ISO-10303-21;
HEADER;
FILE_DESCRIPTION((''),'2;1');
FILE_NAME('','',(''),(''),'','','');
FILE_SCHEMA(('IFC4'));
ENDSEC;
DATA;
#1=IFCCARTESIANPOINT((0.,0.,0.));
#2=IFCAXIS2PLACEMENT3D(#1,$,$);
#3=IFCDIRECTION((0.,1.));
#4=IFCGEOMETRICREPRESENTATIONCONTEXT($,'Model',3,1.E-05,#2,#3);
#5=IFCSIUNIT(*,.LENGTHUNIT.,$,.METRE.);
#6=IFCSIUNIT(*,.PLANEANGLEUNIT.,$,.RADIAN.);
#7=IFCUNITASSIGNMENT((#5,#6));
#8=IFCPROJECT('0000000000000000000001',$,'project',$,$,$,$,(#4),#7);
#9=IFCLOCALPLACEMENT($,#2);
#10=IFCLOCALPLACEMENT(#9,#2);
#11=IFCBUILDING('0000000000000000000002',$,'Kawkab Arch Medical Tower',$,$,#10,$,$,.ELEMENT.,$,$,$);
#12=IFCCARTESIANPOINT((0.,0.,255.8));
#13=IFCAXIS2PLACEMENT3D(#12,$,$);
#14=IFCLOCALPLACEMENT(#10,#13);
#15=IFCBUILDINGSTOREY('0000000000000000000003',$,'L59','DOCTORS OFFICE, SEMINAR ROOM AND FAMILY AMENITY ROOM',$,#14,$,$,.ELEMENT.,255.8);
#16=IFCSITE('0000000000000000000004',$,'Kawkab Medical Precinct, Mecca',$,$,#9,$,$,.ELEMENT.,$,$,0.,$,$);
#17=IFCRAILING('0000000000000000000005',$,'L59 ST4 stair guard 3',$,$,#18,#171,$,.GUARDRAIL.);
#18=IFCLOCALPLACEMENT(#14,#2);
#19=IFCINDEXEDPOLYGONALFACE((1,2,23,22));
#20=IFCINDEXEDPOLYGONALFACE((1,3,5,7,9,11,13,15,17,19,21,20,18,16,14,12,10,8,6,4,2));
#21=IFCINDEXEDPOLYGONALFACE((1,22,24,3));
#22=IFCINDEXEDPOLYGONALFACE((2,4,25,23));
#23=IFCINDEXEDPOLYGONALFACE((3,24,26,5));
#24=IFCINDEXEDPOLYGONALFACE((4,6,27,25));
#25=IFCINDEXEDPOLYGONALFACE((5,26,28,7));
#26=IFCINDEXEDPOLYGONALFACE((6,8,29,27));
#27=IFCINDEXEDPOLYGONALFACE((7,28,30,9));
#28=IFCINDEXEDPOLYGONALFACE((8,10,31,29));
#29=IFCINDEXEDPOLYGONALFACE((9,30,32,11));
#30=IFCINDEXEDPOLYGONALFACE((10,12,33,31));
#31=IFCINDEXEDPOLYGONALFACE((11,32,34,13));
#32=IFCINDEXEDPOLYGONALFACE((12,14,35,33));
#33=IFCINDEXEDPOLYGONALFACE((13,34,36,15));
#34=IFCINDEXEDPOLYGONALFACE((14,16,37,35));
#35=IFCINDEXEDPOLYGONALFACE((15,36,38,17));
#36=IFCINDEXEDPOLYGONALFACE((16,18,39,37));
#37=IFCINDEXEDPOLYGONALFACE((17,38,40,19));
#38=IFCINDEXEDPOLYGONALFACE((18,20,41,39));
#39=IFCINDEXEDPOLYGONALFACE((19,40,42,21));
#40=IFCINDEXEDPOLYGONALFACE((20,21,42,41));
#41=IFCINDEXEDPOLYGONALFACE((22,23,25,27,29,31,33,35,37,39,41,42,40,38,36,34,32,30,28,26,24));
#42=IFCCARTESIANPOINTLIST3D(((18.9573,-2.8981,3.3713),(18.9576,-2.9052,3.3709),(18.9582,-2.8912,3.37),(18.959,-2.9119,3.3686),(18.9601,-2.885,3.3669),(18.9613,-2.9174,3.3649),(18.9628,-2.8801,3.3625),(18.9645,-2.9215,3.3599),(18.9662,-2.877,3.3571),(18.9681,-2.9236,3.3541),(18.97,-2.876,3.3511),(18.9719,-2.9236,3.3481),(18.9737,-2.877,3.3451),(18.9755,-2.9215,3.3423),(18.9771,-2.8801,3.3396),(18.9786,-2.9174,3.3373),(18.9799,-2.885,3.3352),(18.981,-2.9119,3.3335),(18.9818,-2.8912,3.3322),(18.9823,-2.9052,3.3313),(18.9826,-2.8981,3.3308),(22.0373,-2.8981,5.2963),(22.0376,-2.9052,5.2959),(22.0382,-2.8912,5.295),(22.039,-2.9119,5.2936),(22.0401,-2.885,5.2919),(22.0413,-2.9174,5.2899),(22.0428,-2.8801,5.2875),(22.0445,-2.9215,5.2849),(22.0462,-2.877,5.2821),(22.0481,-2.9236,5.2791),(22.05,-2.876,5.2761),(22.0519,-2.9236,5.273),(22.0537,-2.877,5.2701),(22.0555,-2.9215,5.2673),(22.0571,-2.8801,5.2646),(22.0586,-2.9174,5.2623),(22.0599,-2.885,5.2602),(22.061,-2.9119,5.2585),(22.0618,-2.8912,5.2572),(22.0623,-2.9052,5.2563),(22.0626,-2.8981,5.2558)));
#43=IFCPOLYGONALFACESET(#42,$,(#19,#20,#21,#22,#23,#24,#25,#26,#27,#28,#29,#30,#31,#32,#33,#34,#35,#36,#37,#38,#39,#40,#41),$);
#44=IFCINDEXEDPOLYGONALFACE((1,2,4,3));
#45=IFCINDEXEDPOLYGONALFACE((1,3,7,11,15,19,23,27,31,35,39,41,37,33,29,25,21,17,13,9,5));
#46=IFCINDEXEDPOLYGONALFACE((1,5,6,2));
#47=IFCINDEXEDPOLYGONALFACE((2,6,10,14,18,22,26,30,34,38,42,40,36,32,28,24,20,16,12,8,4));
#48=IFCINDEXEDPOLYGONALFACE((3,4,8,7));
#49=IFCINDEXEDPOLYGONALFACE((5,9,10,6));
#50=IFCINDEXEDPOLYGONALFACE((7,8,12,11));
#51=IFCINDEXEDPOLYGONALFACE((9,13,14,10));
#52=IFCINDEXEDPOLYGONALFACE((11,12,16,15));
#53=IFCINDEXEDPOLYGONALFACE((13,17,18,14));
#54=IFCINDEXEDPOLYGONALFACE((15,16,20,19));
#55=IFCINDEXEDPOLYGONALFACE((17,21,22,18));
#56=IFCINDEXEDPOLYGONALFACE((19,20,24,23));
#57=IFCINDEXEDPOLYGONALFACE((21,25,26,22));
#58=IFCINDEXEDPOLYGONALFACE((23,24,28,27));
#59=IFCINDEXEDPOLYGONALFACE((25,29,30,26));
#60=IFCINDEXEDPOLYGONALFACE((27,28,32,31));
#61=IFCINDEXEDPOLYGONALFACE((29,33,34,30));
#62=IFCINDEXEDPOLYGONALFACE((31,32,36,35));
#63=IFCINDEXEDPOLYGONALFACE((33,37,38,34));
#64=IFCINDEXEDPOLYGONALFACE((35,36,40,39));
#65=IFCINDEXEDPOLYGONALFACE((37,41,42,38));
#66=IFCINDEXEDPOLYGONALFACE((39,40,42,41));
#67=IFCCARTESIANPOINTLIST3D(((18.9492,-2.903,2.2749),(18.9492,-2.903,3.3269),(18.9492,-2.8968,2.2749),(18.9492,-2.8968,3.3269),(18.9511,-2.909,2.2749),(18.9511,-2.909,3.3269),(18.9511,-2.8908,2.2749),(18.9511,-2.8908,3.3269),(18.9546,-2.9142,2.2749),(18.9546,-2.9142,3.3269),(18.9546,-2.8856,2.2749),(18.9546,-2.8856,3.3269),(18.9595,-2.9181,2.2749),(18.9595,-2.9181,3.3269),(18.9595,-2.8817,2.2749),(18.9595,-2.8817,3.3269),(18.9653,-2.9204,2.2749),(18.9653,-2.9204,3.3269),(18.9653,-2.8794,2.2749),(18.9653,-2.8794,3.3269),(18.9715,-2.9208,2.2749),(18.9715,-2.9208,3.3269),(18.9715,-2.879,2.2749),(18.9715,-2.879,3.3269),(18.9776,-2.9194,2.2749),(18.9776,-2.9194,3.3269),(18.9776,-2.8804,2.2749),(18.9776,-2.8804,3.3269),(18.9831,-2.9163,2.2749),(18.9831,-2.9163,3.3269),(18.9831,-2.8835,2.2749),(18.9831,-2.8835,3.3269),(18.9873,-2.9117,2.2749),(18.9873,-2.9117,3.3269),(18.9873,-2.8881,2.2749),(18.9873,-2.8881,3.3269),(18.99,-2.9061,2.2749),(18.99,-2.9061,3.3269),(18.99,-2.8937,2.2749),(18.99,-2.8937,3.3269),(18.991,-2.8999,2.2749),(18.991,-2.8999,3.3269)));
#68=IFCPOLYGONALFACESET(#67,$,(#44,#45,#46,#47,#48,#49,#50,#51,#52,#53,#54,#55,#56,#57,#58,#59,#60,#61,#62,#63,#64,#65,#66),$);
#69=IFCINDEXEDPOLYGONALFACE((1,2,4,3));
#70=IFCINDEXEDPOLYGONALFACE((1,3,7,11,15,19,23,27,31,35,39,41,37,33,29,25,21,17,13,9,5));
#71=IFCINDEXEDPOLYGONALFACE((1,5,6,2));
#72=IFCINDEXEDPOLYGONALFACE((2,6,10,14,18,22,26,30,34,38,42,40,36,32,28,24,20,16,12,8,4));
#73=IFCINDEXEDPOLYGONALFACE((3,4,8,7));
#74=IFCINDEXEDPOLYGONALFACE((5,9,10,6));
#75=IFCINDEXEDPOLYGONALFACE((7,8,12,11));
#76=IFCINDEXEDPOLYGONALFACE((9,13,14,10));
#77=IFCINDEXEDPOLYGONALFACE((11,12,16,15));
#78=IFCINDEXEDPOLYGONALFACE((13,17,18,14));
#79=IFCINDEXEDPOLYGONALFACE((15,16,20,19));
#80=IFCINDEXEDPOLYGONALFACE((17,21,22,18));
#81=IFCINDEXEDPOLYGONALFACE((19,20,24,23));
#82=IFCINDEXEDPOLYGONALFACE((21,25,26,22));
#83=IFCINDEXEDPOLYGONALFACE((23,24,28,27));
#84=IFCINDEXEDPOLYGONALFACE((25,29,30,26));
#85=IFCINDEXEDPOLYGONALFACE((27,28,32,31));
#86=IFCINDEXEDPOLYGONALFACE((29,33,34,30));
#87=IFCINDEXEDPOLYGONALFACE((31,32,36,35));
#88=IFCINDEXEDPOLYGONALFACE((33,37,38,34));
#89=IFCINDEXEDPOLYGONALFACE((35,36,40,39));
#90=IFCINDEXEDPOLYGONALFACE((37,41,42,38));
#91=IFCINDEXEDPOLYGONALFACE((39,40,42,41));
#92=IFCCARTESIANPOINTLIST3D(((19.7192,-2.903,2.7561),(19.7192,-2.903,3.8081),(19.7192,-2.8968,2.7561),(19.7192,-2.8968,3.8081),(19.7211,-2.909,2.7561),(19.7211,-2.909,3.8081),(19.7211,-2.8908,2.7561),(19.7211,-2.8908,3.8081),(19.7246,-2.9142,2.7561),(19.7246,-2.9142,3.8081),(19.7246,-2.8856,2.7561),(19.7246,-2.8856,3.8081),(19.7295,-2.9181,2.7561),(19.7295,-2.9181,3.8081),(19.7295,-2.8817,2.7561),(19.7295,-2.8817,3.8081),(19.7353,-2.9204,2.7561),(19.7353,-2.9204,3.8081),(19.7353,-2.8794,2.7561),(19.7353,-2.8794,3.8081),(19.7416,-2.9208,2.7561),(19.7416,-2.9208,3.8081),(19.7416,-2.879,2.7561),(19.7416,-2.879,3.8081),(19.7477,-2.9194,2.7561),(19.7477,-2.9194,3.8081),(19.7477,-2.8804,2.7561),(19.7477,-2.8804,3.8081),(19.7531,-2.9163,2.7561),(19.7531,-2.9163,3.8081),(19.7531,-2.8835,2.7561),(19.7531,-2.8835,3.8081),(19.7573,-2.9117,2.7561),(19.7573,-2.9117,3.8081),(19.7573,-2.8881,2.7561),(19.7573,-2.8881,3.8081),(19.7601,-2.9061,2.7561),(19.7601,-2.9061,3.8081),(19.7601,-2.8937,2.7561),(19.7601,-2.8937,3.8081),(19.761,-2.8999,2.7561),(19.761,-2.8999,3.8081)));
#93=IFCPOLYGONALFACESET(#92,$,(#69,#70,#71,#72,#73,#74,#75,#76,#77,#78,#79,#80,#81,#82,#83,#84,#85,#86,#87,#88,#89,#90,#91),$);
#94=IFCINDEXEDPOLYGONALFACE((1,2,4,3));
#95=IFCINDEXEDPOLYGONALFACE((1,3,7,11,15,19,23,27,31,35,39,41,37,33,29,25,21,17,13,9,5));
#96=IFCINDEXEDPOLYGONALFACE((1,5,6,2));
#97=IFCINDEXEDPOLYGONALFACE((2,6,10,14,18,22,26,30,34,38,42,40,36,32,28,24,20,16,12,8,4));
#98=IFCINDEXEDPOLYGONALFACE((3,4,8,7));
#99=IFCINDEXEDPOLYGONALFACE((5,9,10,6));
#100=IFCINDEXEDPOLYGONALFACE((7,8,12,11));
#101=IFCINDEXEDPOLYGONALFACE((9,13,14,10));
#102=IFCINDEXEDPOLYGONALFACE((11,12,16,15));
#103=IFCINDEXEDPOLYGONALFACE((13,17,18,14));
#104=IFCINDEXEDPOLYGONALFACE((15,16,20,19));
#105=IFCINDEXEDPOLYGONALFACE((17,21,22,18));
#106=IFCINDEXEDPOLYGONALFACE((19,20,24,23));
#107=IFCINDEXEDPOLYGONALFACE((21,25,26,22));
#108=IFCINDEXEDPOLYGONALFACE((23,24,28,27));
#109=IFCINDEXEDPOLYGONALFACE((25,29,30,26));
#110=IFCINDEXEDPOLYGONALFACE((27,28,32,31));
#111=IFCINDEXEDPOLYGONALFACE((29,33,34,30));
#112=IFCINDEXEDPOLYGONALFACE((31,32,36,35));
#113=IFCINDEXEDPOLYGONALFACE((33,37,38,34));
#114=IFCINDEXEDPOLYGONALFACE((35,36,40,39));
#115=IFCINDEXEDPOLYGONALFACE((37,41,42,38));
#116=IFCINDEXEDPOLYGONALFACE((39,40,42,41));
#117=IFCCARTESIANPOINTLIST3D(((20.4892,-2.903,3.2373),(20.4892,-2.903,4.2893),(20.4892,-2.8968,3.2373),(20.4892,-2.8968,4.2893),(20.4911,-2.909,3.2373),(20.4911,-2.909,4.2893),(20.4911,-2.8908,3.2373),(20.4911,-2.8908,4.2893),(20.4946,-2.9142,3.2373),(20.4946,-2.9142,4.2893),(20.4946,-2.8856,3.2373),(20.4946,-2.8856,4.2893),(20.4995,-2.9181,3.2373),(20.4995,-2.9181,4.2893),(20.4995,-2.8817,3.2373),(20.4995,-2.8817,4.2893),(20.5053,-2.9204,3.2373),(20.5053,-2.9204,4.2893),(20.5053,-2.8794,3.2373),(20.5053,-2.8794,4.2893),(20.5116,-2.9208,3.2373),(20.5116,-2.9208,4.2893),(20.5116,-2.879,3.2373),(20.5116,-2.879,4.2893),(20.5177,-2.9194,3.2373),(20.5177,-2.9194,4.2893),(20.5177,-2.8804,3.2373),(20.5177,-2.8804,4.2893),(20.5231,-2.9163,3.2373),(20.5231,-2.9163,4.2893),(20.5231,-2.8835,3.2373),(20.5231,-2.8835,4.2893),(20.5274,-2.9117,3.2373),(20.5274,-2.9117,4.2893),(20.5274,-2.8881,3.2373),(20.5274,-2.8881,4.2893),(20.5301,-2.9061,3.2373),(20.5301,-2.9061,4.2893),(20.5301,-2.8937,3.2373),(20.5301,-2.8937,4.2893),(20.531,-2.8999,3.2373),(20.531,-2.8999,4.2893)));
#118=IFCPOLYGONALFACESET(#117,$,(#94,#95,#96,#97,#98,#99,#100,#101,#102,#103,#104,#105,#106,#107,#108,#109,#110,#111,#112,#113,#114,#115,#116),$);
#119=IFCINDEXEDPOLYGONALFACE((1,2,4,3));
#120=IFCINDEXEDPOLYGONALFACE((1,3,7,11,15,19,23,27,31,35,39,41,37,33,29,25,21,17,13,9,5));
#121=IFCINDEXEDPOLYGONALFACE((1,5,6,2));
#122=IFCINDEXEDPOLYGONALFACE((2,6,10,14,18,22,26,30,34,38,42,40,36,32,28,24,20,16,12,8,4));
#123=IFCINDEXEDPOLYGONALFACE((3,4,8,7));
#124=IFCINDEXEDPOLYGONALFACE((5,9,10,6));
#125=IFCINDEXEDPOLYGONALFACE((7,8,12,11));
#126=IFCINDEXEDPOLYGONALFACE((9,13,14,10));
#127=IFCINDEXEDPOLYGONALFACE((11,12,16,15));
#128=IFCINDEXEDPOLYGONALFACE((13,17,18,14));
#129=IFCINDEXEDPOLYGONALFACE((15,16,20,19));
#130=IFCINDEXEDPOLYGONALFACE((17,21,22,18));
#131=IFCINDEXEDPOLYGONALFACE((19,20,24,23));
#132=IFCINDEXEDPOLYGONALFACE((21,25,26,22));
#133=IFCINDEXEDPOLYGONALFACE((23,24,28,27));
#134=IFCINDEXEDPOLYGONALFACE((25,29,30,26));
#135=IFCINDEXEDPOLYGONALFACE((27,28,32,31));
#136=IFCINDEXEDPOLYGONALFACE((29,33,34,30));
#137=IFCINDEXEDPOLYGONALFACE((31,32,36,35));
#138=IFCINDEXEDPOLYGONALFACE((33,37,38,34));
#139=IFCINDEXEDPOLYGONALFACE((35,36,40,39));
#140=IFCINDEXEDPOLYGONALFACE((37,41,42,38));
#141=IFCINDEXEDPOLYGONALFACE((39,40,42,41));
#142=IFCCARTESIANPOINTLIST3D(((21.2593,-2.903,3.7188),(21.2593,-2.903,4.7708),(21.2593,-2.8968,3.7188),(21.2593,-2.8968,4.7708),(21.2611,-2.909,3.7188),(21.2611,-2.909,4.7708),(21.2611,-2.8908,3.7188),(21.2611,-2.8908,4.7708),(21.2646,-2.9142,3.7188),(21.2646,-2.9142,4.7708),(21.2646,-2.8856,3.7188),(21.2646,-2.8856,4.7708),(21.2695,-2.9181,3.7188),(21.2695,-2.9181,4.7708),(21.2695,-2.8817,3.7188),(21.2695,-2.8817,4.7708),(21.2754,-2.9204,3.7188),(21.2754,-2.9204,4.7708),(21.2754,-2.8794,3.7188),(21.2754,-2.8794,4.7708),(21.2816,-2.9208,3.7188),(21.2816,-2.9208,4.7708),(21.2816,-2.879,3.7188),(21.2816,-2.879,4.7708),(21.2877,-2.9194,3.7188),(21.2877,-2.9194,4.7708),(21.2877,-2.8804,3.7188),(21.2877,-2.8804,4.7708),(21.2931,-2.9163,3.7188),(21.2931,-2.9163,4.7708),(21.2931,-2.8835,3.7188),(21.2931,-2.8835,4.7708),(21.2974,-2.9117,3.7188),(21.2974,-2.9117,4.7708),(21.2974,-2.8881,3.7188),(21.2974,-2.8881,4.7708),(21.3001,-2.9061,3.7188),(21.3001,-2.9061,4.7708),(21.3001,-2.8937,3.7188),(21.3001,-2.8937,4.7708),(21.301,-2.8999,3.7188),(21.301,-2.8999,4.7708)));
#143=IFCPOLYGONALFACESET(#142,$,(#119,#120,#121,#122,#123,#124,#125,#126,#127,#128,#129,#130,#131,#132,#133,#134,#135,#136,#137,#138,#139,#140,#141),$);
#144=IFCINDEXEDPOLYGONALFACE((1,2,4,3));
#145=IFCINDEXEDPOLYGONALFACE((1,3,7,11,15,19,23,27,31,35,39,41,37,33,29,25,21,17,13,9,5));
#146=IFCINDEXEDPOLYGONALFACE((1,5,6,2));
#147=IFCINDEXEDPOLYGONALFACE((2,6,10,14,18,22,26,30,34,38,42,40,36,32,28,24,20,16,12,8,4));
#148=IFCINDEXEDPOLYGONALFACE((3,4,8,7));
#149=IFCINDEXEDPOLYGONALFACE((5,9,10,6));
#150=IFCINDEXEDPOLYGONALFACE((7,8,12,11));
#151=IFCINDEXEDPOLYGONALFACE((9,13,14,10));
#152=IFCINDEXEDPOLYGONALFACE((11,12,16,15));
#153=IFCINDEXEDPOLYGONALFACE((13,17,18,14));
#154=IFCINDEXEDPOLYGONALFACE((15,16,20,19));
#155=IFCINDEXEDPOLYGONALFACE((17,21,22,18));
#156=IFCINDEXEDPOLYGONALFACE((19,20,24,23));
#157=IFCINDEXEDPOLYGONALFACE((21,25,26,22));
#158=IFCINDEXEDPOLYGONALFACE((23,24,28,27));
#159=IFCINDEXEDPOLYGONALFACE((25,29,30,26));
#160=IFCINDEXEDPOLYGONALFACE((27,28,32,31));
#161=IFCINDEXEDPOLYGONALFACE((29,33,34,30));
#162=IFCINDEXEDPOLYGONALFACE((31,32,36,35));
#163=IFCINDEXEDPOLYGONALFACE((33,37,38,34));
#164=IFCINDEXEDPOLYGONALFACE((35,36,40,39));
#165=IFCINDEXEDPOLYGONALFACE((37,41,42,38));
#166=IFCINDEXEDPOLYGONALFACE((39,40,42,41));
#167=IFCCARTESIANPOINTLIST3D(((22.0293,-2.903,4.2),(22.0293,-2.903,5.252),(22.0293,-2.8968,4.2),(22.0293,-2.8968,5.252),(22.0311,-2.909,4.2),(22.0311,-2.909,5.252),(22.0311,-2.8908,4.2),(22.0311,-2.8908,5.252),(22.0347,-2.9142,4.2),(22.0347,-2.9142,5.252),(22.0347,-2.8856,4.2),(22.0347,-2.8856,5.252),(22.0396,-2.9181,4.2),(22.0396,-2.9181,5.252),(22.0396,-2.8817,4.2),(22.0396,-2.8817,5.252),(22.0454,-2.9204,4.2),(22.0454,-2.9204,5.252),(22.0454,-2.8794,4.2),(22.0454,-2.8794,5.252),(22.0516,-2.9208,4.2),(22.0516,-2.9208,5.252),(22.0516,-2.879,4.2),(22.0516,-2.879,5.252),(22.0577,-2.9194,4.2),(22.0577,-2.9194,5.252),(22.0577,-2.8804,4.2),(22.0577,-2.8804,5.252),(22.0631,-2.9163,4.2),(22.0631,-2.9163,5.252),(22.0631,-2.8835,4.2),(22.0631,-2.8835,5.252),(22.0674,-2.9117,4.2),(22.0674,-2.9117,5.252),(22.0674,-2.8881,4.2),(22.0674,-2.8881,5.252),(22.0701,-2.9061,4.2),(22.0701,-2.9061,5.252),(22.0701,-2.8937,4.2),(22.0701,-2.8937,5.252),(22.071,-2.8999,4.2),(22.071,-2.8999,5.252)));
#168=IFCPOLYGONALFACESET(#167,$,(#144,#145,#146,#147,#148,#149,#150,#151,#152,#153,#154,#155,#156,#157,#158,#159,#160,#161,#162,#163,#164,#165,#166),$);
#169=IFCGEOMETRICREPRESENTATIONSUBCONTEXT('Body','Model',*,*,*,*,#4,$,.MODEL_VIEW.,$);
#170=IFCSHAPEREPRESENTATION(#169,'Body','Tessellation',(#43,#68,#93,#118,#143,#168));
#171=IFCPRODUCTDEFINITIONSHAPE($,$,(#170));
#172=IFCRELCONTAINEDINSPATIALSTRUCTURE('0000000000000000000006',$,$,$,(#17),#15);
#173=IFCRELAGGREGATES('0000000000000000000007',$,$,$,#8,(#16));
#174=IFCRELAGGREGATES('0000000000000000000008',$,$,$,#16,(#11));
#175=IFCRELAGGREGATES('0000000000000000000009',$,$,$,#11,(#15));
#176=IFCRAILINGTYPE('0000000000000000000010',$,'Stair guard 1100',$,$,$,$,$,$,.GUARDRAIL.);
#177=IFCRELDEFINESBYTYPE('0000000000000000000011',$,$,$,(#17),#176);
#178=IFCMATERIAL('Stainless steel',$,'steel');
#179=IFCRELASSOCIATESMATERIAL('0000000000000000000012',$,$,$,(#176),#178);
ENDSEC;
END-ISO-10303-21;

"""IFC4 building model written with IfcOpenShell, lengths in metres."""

from ifc_helpers import new_model, si_unit, direction, frame, origin, origin_2d, place, context, subcontext, project, spatial, circle, extrude, material, type_object, element, save


model = new_model("IFC4")

# Units and contexts
model_context = context("Model", 3, precision=1e-05, world=origin(), true_north=direction((0.0, 1.0)))
body_context = subcontext(model_context, "Body", "Model", "MODEL_VIEW")
ifc_project = project(units=[si_unit("LENGTHUNIT", "METRE"), si_unit("PLANEANGLEUNIT", "RADIAN")], contexts=[model_context])

# Site, building, storey
site_placement = place(None, origin())
site = spatial("IfcSite", under=ifc_project, at=site_placement, Name="Kawkab Medical Precinct, Mecca", CompositionType="ELEMENT", RefElevation=0.0)
building_placement = place(site_placement, origin())
building = spatial("IfcBuilding", under=site, at=building_placement, Name="Kawkab Arch Medical Tower", CompositionType="ELEMENT")
storey_placement = place(building_placement, frame((0.0, 0.0, 255.8)))
storey = spatial("IfcBuildingStorey", under=building, at=storey_placement, Name="L59", Description="DOCTORS OFFICE, SEMINAR ROOM AND FAMILY AMENITY ROOM", CompositionType="ELEMENT", Elevation=255.8)

# Railing
ifc_material_1 = material(Name="Stainless steel", Category="steel")
railing_type_1 = type_object("IfcRailingType", Name="Stair guard 1100", PredefinedType="GUARDRAIL", material=ifc_material_1)
railing_1_placement = place(storey_placement, frame((18.97, -2.8999, 2.2749)))
element("IfcRailing", 1, at=railing_1_placement, inside=storey, type_object=railing_type_1, Name="L59 ST4 stair guard 3", PredefinedType="GUARDRAIL", context=body_context, shape_type="SweptSolid", body=[
    extrude(circle(Radius=0.0239, at=origin_2d()), frame((0.0, 0.0, 1.0762), z_axis=(0.847998, 0.0, 0.529999), x_axis=(0.0, 1.0, 0.0)), (0.0, 0.0, 1.0), 3.6321),
    extrude(circle(Radius=0.021, at=origin_2d()), origin(), (0.0, 0.0, 1.0), 1.052),
    extrude(circle(Radius=0.021, at=origin_2d()), frame((0.77, 0.0, 0.4812)), (0.0, 0.0, 1.0), 1.052),
    extrude(circle(Radius=0.021, at=origin_2d()), frame((1.54, 0.0, 0.9624)), (0.0, 0.0, 1.0), 1.052),
    extrude(circle(Radius=0.021, at=origin_2d()), frame((2.3101, 0.0, 1.4438)), (0.0, 0.0, 1.0), 1.052),
    extrude(circle(Radius=0.021, at=origin_2d()), frame((3.0801, 0.0, 1.925)), (0.0, 0.0, 1.0), 1.052),
])

save(model, "model.ifc")
